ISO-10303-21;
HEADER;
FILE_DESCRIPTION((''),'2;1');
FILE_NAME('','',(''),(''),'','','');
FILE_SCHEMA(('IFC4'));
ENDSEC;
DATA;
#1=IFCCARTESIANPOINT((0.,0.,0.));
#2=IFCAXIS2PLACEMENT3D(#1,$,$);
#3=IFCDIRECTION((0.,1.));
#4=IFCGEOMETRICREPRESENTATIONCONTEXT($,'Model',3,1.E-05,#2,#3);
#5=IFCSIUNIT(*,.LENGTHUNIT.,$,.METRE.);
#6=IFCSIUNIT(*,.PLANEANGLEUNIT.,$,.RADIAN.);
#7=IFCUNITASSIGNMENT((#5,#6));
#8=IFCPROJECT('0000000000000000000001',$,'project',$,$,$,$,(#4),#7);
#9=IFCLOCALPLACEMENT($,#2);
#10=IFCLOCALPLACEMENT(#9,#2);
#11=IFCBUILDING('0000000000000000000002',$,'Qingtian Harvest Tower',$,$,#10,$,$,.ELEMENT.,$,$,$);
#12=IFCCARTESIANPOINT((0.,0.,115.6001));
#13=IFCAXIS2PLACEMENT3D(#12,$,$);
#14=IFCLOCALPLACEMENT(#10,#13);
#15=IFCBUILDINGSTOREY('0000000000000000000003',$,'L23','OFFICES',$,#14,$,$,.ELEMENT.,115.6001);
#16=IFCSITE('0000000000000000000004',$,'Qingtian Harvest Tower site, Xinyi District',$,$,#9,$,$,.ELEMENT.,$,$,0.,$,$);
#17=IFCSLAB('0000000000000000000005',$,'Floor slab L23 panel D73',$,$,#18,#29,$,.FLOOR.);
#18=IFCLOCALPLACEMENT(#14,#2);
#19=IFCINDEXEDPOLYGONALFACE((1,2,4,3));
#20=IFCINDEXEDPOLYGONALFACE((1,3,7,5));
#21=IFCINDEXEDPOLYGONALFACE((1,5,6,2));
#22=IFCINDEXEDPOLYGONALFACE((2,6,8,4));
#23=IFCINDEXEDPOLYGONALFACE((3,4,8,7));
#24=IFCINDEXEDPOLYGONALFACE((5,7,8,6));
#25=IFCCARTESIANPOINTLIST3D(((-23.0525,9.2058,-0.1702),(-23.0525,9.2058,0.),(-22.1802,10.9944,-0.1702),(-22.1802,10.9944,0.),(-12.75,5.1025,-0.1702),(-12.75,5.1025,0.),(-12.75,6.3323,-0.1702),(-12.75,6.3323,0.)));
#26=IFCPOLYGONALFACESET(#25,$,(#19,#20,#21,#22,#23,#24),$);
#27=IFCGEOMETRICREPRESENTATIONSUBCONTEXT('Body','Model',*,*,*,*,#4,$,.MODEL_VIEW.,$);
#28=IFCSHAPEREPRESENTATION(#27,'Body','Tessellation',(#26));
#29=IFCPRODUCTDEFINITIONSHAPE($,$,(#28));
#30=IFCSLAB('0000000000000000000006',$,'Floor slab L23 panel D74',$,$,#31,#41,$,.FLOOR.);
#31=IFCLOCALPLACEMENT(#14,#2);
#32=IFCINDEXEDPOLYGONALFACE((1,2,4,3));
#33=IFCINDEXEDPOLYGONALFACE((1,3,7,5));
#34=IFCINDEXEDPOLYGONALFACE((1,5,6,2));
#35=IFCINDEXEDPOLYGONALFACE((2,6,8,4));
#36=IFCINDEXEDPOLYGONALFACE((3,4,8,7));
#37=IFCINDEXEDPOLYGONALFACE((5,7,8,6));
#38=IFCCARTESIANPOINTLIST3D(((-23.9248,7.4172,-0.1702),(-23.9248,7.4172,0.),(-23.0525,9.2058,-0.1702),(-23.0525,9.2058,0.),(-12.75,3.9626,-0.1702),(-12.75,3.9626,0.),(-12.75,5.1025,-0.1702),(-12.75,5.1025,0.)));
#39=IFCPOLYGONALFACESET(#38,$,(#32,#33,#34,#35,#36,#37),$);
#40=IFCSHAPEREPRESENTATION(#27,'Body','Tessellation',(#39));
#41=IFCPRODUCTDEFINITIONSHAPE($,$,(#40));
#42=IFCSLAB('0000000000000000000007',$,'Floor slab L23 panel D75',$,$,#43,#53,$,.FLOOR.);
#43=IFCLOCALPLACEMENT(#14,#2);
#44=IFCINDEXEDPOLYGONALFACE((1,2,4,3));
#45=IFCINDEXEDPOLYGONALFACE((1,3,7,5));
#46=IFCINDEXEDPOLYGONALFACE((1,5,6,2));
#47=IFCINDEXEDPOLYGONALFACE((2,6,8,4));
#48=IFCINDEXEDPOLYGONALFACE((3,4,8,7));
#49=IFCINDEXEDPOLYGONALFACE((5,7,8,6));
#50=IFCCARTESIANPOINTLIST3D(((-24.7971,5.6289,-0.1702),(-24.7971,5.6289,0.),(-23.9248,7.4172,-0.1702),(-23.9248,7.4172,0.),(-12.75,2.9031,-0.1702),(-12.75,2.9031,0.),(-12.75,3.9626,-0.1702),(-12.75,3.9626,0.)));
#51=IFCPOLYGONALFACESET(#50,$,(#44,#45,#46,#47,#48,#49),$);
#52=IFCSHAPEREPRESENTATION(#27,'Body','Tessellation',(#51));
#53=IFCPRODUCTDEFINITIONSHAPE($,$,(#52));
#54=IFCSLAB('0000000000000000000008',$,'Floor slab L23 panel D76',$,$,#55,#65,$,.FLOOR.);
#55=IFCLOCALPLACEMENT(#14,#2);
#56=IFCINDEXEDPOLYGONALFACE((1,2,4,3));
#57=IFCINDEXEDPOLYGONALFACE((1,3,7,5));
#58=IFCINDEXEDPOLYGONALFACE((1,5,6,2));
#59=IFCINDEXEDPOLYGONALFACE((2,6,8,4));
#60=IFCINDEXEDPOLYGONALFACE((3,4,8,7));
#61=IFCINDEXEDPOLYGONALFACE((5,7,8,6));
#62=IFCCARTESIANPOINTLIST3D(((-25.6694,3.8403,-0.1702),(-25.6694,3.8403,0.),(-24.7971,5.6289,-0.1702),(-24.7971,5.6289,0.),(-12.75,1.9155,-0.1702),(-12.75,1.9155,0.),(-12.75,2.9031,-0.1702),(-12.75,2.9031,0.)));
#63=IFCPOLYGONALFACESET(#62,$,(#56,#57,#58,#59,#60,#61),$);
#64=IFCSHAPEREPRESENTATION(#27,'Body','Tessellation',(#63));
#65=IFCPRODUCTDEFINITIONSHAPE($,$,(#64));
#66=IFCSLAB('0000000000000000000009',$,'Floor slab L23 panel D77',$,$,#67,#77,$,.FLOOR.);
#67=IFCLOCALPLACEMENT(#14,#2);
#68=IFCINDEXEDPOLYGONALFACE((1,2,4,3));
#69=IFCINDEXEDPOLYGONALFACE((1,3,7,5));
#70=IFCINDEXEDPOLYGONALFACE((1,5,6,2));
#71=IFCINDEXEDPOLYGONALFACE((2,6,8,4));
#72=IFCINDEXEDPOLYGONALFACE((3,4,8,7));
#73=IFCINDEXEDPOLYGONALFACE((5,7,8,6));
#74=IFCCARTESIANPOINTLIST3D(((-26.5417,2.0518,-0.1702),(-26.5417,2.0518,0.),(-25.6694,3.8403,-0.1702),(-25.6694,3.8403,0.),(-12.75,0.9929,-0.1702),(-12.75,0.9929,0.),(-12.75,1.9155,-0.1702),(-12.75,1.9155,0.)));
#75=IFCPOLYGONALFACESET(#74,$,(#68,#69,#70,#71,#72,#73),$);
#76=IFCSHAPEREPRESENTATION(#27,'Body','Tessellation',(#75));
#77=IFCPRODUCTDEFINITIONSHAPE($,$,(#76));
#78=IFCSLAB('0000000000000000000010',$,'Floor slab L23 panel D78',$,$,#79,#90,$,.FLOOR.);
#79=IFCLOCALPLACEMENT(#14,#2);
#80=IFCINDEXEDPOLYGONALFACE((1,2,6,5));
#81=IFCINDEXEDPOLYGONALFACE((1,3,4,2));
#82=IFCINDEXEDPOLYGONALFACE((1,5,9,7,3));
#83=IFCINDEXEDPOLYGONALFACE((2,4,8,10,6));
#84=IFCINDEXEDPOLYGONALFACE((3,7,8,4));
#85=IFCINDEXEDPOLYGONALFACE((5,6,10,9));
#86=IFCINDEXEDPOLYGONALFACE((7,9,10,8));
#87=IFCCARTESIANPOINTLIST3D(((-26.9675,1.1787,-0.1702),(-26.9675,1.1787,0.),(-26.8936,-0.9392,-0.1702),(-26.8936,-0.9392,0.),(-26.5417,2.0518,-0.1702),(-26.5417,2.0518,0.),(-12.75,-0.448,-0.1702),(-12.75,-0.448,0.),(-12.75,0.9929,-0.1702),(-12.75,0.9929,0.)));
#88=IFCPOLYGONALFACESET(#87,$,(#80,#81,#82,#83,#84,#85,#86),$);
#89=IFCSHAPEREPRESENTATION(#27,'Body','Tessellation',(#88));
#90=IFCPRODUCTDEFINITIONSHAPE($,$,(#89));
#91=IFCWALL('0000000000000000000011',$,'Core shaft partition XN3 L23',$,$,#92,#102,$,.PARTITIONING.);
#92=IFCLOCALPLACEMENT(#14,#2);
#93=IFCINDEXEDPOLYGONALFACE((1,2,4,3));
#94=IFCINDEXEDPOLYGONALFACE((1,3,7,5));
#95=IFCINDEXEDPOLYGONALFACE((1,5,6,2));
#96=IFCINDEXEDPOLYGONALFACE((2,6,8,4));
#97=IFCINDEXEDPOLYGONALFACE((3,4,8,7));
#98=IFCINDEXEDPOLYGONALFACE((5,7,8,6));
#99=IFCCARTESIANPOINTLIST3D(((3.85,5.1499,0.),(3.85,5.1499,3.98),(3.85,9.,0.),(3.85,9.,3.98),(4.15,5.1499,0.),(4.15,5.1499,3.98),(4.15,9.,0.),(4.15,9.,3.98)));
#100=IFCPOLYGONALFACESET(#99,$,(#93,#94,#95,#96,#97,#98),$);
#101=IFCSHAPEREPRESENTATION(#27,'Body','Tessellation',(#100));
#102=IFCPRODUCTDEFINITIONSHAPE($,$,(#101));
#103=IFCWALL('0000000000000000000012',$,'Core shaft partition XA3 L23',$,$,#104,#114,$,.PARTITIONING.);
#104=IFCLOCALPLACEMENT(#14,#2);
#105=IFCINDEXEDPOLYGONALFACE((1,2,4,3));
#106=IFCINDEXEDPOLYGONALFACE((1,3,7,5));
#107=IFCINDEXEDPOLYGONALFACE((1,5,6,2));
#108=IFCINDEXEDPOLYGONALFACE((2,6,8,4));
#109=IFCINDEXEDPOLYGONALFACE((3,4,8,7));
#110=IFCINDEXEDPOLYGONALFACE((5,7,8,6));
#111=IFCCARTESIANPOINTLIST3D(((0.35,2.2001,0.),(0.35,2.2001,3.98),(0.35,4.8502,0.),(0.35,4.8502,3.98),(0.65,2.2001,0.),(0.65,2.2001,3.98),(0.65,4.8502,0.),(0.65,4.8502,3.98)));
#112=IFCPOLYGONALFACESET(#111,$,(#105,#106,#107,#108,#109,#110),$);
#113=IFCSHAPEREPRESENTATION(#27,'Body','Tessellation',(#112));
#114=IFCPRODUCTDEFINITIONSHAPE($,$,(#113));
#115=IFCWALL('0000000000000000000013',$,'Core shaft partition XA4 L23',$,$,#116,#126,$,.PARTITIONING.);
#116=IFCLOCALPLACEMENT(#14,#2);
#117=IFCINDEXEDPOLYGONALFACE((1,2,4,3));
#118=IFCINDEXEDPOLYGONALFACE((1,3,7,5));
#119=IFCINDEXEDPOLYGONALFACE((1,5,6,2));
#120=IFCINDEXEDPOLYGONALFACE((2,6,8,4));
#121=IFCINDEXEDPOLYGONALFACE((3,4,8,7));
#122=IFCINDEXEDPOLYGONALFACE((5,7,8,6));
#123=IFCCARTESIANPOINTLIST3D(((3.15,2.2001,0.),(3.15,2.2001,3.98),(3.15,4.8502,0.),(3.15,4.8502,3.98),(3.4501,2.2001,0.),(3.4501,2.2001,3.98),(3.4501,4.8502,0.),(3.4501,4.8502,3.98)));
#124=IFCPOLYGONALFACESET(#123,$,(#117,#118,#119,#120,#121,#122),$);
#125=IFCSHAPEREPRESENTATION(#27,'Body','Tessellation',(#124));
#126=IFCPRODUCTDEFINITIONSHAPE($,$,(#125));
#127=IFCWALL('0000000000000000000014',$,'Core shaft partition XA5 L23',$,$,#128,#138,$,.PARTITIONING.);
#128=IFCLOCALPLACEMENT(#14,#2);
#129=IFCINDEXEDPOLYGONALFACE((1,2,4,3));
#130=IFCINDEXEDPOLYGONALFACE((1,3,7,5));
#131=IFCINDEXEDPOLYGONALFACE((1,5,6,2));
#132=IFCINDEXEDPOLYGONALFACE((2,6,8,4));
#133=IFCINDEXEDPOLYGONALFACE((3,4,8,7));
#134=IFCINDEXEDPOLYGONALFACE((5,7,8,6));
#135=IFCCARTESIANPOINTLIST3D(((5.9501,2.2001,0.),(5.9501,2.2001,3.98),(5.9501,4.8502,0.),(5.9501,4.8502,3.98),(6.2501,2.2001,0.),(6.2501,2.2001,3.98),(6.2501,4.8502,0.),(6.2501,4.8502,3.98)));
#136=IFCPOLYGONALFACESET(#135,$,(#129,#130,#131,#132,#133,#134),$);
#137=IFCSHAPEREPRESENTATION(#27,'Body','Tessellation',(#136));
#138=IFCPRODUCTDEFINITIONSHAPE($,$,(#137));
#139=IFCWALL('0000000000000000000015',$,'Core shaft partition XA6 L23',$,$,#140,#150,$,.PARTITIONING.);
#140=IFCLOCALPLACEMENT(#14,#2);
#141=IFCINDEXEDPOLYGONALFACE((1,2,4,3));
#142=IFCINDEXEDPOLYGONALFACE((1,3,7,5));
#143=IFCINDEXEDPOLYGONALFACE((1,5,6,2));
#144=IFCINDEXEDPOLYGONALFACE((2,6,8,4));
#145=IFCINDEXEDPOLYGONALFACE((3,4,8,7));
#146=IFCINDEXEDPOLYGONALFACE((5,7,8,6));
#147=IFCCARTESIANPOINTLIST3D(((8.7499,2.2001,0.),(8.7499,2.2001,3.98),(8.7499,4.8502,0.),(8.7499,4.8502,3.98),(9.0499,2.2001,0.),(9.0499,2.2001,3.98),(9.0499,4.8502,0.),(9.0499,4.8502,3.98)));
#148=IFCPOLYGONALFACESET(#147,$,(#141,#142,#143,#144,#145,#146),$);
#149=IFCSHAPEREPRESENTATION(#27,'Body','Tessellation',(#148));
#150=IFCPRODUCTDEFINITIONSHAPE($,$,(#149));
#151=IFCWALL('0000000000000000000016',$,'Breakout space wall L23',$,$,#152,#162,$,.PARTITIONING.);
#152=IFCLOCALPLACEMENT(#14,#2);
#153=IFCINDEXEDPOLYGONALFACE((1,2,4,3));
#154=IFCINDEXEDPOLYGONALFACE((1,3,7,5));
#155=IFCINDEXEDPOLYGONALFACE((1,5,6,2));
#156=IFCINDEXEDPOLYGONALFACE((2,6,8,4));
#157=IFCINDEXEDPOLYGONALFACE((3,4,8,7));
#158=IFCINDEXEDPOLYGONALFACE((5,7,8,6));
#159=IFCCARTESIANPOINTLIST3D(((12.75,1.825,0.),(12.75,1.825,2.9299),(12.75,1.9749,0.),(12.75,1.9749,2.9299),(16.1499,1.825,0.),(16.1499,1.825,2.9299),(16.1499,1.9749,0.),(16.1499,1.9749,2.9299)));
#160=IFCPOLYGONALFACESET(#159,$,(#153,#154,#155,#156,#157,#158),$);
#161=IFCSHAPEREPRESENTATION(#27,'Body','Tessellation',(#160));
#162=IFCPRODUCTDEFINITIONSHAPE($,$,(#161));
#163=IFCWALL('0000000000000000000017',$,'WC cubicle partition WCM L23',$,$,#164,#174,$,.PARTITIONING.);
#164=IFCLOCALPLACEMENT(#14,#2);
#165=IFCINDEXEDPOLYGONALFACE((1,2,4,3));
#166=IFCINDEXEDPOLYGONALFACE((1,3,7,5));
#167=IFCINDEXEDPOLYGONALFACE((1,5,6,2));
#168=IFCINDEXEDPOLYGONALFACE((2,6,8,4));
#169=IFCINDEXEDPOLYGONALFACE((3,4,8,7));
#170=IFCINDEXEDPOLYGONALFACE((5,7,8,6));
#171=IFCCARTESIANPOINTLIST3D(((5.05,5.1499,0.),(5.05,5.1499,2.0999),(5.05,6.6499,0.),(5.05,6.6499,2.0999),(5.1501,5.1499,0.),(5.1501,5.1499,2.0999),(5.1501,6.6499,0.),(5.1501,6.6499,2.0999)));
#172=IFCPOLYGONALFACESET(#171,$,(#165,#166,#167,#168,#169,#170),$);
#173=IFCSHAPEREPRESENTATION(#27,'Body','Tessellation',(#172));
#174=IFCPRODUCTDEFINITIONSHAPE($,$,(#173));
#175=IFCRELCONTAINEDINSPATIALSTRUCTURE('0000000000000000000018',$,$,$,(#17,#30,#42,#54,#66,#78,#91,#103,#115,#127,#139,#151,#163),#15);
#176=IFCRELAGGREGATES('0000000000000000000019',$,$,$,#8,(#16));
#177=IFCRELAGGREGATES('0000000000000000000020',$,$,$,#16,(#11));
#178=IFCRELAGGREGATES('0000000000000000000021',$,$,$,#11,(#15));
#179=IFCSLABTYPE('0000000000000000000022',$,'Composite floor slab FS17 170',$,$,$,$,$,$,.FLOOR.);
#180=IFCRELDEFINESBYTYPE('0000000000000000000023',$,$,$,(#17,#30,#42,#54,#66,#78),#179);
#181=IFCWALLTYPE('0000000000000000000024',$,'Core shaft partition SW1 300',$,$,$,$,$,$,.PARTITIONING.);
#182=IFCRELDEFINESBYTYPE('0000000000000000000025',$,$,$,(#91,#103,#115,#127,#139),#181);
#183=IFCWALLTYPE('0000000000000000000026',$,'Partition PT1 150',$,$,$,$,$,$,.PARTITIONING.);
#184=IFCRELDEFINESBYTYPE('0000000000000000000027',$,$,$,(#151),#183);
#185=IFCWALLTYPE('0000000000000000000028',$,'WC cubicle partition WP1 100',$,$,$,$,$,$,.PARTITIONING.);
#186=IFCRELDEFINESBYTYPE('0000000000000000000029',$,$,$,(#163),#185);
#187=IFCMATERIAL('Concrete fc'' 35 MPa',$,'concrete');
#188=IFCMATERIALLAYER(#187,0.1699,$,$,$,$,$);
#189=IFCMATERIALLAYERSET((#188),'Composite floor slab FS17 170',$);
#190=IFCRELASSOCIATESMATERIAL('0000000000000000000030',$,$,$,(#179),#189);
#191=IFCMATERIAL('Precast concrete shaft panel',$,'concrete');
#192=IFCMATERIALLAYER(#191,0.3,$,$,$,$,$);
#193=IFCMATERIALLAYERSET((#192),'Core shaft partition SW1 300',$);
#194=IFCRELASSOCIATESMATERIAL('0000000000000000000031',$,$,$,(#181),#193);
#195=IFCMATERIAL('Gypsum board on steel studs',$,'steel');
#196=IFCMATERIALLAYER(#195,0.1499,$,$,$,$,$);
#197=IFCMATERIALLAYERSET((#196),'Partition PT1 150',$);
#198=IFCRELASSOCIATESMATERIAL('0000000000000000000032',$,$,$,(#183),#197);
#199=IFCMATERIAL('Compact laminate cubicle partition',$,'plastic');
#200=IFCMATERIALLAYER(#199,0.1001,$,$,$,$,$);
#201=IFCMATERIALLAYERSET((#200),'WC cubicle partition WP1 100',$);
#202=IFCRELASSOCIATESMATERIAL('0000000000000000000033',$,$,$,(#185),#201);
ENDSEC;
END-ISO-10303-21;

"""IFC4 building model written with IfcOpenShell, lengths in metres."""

from ifc_helpers import new_model, si_unit, direction, frame, frame_2d, origin, place, context, subcontext, project, spatial, polyline, rectangle, outline, extrude, material, layer, layer_set, type_object, element, save


model = new_model("IFC4")

# Units and contexts
model_context = context("Model", 3, precision=1e-05, world=origin(), true_north=direction((0.0, 1.0)))
body_context = subcontext(model_context, "Body", "Model", "MODEL_VIEW")
ifc_project = project(units=[si_unit("LENGTHUNIT", "METRE"), si_unit("PLANEANGLEUNIT", "RADIAN")], contexts=[model_context])

# Site, building, storey
site_placement = place(None, origin())
site = spatial("IfcSite", under=ifc_project, at=site_placement, Name="Qingtian Harvest Tower site, Xinyi District", CompositionType="ELEMENT", RefElevation=0.0)
building_placement = place(site_placement, origin())
building = spatial("IfcBuilding", under=site, at=building_placement, Name="Qingtian Harvest Tower", CompositionType="ELEMENT")
storey_placement = place(building_placement, frame((0.0, 0.0, 115.6001)))
storey = spatial("IfcBuildingStorey", under=building, at=storey_placement, Name="L23", Description="OFFICES", CompositionType="ELEMENT", Elevation=115.6001)

# Slabs
ifc_material_1 = material(Name="Concrete fc' 35 MPa", Category="concrete")
ifc_layer_1 = layer(ifc_material_1, 0.1699)
ifc_layer_set_1 = layer_set([ifc_layer_1], Name="Composite floor slab FS17 170")
slab_type = type_object("IfcSlabType", Name="Composite floor slab FS17 170", PredefinedType="FLOOR", material=ifc_layer_set_1)
slab_1_placement = place(storey_placement, frame((0.0, 0.0, -0.1702)))
element("IfcSlab", 1, at=slab_1_placement, inside=storey, type_object=slab_type, Name="Floor slab L23 panel D73", PredefinedType="FLOOR", context=body_context, shape_type="SweptSolid", body=[
    extrude(outline(polyline([(-12.75, 5.1025), (-23.0525, 9.2058), (-22.1802, 10.9944), (-12.75, 6.3323), (-12.75, 5.1025)])), origin(), (0.0, 0.0, 1.0), 0.1702),
])
slab_2_placement = place(storey_placement, frame((0.0, 0.0, -0.1702)))
element("IfcSlab", 2, at=slab_2_placement, inside=storey, type_object=slab_type, Name="Floor slab L23 panel D74", PredefinedType="FLOOR", context=body_context, shape_type="SweptSolid", body=[
    extrude(outline(polyline([(-12.75, 3.9626), (-23.9248, 7.4172), (-23.0525, 9.2058), (-12.75, 5.1025), (-12.75, 3.9626)])), origin(), (0.0, 0.0, 1.0), 0.1702),
])
slab_3_placement = place(storey_placement, frame((0.0, 0.0, -0.1702)))
element("IfcSlab", 3, at=slab_3_placement, inside=storey, type_object=slab_type, Name="Floor slab L23 panel D75", PredefinedType="FLOOR", context=body_context, shape_type="SweptSolid", body=[
    extrude(outline(polyline([(-12.75, 2.9031), (-24.7971, 5.6289), (-23.9248, 7.4172), (-12.75, 3.9626), (-12.75, 2.9031)])), origin(), (0.0, 0.0, 1.0), 0.1702),
])
slab_4_placement = place(storey_placement, frame((0.0, 0.0, -0.1702)))
element("IfcSlab", 4, at=slab_4_placement, inside=storey, type_object=slab_type, Name="Floor slab L23 panel D76", PredefinedType="FLOOR", context=body_context, shape_type="SweptSolid", body=[
    extrude(outline(polyline([(-12.75, 1.9155), (-25.6694, 3.8403), (-24.7971, 5.6289), (-12.75, 2.9031), (-12.75, 1.9155)])), origin(), (0.0, 0.0, 1.0), 0.1702),
])
slab_5_placement = place(storey_placement, frame((0.0, 0.0, -0.1702)))
element("IfcSlab", 5, at=slab_5_placement, inside=storey, type_object=slab_type, Name="Floor slab L23 panel D77", PredefinedType="FLOOR", context=body_context, shape_type="SweptSolid", body=[
    extrude(outline(polyline([(-12.75, 0.9929), (-26.5417, 2.0518), (-25.6694, 3.8403), (-12.75, 1.9155), (-12.75, 0.9929)])), origin(), (0.0, 0.0, 1.0), 0.1702),
])
slab_6_placement = place(storey_placement, frame((0.0, 0.0, -0.1702)))
element("IfcSlab", 6, at=slab_6_placement, inside=storey, type_object=slab_type, Name="Floor slab L23 panel D78", PredefinedType="FLOOR", context=body_context, shape_type="SweptSolid", body=[
    extrude(outline(polyline([(-12.75, 0.9929), (-12.75, -0.448), (-26.8936, -0.9392), (-26.9675, 1.1787), (-26.5417, 2.0518), (-12.75, 0.9929)])), origin(), (0.0, 0.0, 1.0), 0.1702),
])

# Shared definitions
ifc_material_2 = material(Name="Precast concrete shaft panel", Category="concrete")
ifc_layer_2 = layer(ifc_material_2, 0.3)
ifc_layer_set_2 = layer_set([ifc_layer_2], Name="Core shaft partition SW1 300")
wall_type_1 = type_object("IfcWallType", Name="Core shaft partition SW1 300", PredefinedType="PARTITIONING", material=ifc_layer_set_2)

# Walls
wall_1_placement = place(storey_placement, frame((4.0, 5.1499, 0.0), z_axis=(0.0, 0.0, 1.0), x_axis=(0.0, 1.0, 0.0)))
element("IfcWall", 7, at=wall_1_placement, inside=storey, type_object=wall_type_1, Name="Core shaft partition XN3 L23", PredefinedType="PARTITIONING", context=body_context, shape_type="SweptSolid", body=[
    extrude(rectangle(XDim=3.8501, YDim=0.3, at=frame_2d((1.925, 0.0))), origin(), (0.0, 0.0, 1.0), 3.98),
])
for number, where, z_axis, x_axis, name in (
    (8, (0.5, 2.2, 0.0), (0.0, 0.0, 1.0), (0.0, 1.0, 0.0), "Core shaft partition XA3 L23"),
    (9, (3.3, 2.2, 0.0), (0.0, 0.0, 1.0), (0.0, 1.0, 0.0), "Core shaft partition XA4 L23"),
    (10, (6.1001, 2.2, 0.0), (0.0, 0.0, 1.0), (0.0, 1.0, 0.0), "Core shaft partition XA5 L23"),
    (11, (8.8999, 2.2, 0.0), (0.0, 0.0, 1.0), (0.0, 1.0, 0.0), "Core shaft partition XA6 L23"),
):
    element("IfcWall", number, at=place(storey_placement, frame(where, z_axis=z_axis, x_axis=x_axis)), inside=storey, type_object=wall_type_1, Name=name, PredefinedType="PARTITIONING", context=body_context, shape_type="SweptSolid", body=[
        extrude(rectangle(XDim=2.6501, YDim=0.3, at=frame_2d((1.3252, 0.0))), origin(), (0.0, 0.0, 1.0), 3.98),
    ])
ifc_material_3 = material(Name="Gypsum board on steel studs", Category="steel")
ifc_layer_3 = layer(ifc_material_3, 0.1499)
ifc_layer_set_3 = layer_set([ifc_layer_3], Name="Partition PT1 150")
wall_type_2 = type_object("IfcWallType", Name="Partition PT1 150", PredefinedType="PARTITIONING", material=ifc_layer_set_3)
wall_2_placement = place(storey_placement, frame((12.75, 1.8999, 0.0), z_axis=(0.0, 0.0, 1.0), x_axis=(1.0, 0.0, 0.0)))
element("IfcWall", 12, at=wall_2_placement, inside=storey, type_object=wall_type_2, Name="Breakout space wall L23", PredefinedType="PARTITIONING", context=body_context, shape_type="SweptSolid", body=[
    extrude(rectangle(XDim=3.3999, YDim=0.1499, at=frame_2d((1.7, 0.0))), origin(), (0.0, 0.0, 1.0), 2.9299),
])
ifc_material_4 = material(Name="Compact laminate cubicle partition", Category="plastic")
ifc_layer_4 = layer(ifc_material_4, 0.1001)
ifc_layer_set_4 = layer_set([ifc_layer_4], Name="WC cubicle partition WP1 100")
wall_type_3 = type_object("IfcWallType", Name="WC cubicle partition WP1 100", PredefinedType="PARTITIONING", material=ifc_layer_set_4)
wall_3_placement = place(storey_placement, frame((5.1001, 5.1499, 0.0), z_axis=(0.0, 0.0, 1.0), x_axis=(0.0, 1.0, 0.0)))
element("IfcWall", 13, at=wall_3_placement, inside=storey, type_object=wall_type_3, Name="WC cubicle partition WCM L23", PredefinedType="PARTITIONING", context=body_context, shape_type="SweptSolid", body=[
    extrude(rectangle(XDim=1.5, YDim=0.1001, at=frame_2d((0.75, 0.0))), origin(), (0.0, 0.0, 1.0), 2.0999),
])

save(model, "model.ifc")
